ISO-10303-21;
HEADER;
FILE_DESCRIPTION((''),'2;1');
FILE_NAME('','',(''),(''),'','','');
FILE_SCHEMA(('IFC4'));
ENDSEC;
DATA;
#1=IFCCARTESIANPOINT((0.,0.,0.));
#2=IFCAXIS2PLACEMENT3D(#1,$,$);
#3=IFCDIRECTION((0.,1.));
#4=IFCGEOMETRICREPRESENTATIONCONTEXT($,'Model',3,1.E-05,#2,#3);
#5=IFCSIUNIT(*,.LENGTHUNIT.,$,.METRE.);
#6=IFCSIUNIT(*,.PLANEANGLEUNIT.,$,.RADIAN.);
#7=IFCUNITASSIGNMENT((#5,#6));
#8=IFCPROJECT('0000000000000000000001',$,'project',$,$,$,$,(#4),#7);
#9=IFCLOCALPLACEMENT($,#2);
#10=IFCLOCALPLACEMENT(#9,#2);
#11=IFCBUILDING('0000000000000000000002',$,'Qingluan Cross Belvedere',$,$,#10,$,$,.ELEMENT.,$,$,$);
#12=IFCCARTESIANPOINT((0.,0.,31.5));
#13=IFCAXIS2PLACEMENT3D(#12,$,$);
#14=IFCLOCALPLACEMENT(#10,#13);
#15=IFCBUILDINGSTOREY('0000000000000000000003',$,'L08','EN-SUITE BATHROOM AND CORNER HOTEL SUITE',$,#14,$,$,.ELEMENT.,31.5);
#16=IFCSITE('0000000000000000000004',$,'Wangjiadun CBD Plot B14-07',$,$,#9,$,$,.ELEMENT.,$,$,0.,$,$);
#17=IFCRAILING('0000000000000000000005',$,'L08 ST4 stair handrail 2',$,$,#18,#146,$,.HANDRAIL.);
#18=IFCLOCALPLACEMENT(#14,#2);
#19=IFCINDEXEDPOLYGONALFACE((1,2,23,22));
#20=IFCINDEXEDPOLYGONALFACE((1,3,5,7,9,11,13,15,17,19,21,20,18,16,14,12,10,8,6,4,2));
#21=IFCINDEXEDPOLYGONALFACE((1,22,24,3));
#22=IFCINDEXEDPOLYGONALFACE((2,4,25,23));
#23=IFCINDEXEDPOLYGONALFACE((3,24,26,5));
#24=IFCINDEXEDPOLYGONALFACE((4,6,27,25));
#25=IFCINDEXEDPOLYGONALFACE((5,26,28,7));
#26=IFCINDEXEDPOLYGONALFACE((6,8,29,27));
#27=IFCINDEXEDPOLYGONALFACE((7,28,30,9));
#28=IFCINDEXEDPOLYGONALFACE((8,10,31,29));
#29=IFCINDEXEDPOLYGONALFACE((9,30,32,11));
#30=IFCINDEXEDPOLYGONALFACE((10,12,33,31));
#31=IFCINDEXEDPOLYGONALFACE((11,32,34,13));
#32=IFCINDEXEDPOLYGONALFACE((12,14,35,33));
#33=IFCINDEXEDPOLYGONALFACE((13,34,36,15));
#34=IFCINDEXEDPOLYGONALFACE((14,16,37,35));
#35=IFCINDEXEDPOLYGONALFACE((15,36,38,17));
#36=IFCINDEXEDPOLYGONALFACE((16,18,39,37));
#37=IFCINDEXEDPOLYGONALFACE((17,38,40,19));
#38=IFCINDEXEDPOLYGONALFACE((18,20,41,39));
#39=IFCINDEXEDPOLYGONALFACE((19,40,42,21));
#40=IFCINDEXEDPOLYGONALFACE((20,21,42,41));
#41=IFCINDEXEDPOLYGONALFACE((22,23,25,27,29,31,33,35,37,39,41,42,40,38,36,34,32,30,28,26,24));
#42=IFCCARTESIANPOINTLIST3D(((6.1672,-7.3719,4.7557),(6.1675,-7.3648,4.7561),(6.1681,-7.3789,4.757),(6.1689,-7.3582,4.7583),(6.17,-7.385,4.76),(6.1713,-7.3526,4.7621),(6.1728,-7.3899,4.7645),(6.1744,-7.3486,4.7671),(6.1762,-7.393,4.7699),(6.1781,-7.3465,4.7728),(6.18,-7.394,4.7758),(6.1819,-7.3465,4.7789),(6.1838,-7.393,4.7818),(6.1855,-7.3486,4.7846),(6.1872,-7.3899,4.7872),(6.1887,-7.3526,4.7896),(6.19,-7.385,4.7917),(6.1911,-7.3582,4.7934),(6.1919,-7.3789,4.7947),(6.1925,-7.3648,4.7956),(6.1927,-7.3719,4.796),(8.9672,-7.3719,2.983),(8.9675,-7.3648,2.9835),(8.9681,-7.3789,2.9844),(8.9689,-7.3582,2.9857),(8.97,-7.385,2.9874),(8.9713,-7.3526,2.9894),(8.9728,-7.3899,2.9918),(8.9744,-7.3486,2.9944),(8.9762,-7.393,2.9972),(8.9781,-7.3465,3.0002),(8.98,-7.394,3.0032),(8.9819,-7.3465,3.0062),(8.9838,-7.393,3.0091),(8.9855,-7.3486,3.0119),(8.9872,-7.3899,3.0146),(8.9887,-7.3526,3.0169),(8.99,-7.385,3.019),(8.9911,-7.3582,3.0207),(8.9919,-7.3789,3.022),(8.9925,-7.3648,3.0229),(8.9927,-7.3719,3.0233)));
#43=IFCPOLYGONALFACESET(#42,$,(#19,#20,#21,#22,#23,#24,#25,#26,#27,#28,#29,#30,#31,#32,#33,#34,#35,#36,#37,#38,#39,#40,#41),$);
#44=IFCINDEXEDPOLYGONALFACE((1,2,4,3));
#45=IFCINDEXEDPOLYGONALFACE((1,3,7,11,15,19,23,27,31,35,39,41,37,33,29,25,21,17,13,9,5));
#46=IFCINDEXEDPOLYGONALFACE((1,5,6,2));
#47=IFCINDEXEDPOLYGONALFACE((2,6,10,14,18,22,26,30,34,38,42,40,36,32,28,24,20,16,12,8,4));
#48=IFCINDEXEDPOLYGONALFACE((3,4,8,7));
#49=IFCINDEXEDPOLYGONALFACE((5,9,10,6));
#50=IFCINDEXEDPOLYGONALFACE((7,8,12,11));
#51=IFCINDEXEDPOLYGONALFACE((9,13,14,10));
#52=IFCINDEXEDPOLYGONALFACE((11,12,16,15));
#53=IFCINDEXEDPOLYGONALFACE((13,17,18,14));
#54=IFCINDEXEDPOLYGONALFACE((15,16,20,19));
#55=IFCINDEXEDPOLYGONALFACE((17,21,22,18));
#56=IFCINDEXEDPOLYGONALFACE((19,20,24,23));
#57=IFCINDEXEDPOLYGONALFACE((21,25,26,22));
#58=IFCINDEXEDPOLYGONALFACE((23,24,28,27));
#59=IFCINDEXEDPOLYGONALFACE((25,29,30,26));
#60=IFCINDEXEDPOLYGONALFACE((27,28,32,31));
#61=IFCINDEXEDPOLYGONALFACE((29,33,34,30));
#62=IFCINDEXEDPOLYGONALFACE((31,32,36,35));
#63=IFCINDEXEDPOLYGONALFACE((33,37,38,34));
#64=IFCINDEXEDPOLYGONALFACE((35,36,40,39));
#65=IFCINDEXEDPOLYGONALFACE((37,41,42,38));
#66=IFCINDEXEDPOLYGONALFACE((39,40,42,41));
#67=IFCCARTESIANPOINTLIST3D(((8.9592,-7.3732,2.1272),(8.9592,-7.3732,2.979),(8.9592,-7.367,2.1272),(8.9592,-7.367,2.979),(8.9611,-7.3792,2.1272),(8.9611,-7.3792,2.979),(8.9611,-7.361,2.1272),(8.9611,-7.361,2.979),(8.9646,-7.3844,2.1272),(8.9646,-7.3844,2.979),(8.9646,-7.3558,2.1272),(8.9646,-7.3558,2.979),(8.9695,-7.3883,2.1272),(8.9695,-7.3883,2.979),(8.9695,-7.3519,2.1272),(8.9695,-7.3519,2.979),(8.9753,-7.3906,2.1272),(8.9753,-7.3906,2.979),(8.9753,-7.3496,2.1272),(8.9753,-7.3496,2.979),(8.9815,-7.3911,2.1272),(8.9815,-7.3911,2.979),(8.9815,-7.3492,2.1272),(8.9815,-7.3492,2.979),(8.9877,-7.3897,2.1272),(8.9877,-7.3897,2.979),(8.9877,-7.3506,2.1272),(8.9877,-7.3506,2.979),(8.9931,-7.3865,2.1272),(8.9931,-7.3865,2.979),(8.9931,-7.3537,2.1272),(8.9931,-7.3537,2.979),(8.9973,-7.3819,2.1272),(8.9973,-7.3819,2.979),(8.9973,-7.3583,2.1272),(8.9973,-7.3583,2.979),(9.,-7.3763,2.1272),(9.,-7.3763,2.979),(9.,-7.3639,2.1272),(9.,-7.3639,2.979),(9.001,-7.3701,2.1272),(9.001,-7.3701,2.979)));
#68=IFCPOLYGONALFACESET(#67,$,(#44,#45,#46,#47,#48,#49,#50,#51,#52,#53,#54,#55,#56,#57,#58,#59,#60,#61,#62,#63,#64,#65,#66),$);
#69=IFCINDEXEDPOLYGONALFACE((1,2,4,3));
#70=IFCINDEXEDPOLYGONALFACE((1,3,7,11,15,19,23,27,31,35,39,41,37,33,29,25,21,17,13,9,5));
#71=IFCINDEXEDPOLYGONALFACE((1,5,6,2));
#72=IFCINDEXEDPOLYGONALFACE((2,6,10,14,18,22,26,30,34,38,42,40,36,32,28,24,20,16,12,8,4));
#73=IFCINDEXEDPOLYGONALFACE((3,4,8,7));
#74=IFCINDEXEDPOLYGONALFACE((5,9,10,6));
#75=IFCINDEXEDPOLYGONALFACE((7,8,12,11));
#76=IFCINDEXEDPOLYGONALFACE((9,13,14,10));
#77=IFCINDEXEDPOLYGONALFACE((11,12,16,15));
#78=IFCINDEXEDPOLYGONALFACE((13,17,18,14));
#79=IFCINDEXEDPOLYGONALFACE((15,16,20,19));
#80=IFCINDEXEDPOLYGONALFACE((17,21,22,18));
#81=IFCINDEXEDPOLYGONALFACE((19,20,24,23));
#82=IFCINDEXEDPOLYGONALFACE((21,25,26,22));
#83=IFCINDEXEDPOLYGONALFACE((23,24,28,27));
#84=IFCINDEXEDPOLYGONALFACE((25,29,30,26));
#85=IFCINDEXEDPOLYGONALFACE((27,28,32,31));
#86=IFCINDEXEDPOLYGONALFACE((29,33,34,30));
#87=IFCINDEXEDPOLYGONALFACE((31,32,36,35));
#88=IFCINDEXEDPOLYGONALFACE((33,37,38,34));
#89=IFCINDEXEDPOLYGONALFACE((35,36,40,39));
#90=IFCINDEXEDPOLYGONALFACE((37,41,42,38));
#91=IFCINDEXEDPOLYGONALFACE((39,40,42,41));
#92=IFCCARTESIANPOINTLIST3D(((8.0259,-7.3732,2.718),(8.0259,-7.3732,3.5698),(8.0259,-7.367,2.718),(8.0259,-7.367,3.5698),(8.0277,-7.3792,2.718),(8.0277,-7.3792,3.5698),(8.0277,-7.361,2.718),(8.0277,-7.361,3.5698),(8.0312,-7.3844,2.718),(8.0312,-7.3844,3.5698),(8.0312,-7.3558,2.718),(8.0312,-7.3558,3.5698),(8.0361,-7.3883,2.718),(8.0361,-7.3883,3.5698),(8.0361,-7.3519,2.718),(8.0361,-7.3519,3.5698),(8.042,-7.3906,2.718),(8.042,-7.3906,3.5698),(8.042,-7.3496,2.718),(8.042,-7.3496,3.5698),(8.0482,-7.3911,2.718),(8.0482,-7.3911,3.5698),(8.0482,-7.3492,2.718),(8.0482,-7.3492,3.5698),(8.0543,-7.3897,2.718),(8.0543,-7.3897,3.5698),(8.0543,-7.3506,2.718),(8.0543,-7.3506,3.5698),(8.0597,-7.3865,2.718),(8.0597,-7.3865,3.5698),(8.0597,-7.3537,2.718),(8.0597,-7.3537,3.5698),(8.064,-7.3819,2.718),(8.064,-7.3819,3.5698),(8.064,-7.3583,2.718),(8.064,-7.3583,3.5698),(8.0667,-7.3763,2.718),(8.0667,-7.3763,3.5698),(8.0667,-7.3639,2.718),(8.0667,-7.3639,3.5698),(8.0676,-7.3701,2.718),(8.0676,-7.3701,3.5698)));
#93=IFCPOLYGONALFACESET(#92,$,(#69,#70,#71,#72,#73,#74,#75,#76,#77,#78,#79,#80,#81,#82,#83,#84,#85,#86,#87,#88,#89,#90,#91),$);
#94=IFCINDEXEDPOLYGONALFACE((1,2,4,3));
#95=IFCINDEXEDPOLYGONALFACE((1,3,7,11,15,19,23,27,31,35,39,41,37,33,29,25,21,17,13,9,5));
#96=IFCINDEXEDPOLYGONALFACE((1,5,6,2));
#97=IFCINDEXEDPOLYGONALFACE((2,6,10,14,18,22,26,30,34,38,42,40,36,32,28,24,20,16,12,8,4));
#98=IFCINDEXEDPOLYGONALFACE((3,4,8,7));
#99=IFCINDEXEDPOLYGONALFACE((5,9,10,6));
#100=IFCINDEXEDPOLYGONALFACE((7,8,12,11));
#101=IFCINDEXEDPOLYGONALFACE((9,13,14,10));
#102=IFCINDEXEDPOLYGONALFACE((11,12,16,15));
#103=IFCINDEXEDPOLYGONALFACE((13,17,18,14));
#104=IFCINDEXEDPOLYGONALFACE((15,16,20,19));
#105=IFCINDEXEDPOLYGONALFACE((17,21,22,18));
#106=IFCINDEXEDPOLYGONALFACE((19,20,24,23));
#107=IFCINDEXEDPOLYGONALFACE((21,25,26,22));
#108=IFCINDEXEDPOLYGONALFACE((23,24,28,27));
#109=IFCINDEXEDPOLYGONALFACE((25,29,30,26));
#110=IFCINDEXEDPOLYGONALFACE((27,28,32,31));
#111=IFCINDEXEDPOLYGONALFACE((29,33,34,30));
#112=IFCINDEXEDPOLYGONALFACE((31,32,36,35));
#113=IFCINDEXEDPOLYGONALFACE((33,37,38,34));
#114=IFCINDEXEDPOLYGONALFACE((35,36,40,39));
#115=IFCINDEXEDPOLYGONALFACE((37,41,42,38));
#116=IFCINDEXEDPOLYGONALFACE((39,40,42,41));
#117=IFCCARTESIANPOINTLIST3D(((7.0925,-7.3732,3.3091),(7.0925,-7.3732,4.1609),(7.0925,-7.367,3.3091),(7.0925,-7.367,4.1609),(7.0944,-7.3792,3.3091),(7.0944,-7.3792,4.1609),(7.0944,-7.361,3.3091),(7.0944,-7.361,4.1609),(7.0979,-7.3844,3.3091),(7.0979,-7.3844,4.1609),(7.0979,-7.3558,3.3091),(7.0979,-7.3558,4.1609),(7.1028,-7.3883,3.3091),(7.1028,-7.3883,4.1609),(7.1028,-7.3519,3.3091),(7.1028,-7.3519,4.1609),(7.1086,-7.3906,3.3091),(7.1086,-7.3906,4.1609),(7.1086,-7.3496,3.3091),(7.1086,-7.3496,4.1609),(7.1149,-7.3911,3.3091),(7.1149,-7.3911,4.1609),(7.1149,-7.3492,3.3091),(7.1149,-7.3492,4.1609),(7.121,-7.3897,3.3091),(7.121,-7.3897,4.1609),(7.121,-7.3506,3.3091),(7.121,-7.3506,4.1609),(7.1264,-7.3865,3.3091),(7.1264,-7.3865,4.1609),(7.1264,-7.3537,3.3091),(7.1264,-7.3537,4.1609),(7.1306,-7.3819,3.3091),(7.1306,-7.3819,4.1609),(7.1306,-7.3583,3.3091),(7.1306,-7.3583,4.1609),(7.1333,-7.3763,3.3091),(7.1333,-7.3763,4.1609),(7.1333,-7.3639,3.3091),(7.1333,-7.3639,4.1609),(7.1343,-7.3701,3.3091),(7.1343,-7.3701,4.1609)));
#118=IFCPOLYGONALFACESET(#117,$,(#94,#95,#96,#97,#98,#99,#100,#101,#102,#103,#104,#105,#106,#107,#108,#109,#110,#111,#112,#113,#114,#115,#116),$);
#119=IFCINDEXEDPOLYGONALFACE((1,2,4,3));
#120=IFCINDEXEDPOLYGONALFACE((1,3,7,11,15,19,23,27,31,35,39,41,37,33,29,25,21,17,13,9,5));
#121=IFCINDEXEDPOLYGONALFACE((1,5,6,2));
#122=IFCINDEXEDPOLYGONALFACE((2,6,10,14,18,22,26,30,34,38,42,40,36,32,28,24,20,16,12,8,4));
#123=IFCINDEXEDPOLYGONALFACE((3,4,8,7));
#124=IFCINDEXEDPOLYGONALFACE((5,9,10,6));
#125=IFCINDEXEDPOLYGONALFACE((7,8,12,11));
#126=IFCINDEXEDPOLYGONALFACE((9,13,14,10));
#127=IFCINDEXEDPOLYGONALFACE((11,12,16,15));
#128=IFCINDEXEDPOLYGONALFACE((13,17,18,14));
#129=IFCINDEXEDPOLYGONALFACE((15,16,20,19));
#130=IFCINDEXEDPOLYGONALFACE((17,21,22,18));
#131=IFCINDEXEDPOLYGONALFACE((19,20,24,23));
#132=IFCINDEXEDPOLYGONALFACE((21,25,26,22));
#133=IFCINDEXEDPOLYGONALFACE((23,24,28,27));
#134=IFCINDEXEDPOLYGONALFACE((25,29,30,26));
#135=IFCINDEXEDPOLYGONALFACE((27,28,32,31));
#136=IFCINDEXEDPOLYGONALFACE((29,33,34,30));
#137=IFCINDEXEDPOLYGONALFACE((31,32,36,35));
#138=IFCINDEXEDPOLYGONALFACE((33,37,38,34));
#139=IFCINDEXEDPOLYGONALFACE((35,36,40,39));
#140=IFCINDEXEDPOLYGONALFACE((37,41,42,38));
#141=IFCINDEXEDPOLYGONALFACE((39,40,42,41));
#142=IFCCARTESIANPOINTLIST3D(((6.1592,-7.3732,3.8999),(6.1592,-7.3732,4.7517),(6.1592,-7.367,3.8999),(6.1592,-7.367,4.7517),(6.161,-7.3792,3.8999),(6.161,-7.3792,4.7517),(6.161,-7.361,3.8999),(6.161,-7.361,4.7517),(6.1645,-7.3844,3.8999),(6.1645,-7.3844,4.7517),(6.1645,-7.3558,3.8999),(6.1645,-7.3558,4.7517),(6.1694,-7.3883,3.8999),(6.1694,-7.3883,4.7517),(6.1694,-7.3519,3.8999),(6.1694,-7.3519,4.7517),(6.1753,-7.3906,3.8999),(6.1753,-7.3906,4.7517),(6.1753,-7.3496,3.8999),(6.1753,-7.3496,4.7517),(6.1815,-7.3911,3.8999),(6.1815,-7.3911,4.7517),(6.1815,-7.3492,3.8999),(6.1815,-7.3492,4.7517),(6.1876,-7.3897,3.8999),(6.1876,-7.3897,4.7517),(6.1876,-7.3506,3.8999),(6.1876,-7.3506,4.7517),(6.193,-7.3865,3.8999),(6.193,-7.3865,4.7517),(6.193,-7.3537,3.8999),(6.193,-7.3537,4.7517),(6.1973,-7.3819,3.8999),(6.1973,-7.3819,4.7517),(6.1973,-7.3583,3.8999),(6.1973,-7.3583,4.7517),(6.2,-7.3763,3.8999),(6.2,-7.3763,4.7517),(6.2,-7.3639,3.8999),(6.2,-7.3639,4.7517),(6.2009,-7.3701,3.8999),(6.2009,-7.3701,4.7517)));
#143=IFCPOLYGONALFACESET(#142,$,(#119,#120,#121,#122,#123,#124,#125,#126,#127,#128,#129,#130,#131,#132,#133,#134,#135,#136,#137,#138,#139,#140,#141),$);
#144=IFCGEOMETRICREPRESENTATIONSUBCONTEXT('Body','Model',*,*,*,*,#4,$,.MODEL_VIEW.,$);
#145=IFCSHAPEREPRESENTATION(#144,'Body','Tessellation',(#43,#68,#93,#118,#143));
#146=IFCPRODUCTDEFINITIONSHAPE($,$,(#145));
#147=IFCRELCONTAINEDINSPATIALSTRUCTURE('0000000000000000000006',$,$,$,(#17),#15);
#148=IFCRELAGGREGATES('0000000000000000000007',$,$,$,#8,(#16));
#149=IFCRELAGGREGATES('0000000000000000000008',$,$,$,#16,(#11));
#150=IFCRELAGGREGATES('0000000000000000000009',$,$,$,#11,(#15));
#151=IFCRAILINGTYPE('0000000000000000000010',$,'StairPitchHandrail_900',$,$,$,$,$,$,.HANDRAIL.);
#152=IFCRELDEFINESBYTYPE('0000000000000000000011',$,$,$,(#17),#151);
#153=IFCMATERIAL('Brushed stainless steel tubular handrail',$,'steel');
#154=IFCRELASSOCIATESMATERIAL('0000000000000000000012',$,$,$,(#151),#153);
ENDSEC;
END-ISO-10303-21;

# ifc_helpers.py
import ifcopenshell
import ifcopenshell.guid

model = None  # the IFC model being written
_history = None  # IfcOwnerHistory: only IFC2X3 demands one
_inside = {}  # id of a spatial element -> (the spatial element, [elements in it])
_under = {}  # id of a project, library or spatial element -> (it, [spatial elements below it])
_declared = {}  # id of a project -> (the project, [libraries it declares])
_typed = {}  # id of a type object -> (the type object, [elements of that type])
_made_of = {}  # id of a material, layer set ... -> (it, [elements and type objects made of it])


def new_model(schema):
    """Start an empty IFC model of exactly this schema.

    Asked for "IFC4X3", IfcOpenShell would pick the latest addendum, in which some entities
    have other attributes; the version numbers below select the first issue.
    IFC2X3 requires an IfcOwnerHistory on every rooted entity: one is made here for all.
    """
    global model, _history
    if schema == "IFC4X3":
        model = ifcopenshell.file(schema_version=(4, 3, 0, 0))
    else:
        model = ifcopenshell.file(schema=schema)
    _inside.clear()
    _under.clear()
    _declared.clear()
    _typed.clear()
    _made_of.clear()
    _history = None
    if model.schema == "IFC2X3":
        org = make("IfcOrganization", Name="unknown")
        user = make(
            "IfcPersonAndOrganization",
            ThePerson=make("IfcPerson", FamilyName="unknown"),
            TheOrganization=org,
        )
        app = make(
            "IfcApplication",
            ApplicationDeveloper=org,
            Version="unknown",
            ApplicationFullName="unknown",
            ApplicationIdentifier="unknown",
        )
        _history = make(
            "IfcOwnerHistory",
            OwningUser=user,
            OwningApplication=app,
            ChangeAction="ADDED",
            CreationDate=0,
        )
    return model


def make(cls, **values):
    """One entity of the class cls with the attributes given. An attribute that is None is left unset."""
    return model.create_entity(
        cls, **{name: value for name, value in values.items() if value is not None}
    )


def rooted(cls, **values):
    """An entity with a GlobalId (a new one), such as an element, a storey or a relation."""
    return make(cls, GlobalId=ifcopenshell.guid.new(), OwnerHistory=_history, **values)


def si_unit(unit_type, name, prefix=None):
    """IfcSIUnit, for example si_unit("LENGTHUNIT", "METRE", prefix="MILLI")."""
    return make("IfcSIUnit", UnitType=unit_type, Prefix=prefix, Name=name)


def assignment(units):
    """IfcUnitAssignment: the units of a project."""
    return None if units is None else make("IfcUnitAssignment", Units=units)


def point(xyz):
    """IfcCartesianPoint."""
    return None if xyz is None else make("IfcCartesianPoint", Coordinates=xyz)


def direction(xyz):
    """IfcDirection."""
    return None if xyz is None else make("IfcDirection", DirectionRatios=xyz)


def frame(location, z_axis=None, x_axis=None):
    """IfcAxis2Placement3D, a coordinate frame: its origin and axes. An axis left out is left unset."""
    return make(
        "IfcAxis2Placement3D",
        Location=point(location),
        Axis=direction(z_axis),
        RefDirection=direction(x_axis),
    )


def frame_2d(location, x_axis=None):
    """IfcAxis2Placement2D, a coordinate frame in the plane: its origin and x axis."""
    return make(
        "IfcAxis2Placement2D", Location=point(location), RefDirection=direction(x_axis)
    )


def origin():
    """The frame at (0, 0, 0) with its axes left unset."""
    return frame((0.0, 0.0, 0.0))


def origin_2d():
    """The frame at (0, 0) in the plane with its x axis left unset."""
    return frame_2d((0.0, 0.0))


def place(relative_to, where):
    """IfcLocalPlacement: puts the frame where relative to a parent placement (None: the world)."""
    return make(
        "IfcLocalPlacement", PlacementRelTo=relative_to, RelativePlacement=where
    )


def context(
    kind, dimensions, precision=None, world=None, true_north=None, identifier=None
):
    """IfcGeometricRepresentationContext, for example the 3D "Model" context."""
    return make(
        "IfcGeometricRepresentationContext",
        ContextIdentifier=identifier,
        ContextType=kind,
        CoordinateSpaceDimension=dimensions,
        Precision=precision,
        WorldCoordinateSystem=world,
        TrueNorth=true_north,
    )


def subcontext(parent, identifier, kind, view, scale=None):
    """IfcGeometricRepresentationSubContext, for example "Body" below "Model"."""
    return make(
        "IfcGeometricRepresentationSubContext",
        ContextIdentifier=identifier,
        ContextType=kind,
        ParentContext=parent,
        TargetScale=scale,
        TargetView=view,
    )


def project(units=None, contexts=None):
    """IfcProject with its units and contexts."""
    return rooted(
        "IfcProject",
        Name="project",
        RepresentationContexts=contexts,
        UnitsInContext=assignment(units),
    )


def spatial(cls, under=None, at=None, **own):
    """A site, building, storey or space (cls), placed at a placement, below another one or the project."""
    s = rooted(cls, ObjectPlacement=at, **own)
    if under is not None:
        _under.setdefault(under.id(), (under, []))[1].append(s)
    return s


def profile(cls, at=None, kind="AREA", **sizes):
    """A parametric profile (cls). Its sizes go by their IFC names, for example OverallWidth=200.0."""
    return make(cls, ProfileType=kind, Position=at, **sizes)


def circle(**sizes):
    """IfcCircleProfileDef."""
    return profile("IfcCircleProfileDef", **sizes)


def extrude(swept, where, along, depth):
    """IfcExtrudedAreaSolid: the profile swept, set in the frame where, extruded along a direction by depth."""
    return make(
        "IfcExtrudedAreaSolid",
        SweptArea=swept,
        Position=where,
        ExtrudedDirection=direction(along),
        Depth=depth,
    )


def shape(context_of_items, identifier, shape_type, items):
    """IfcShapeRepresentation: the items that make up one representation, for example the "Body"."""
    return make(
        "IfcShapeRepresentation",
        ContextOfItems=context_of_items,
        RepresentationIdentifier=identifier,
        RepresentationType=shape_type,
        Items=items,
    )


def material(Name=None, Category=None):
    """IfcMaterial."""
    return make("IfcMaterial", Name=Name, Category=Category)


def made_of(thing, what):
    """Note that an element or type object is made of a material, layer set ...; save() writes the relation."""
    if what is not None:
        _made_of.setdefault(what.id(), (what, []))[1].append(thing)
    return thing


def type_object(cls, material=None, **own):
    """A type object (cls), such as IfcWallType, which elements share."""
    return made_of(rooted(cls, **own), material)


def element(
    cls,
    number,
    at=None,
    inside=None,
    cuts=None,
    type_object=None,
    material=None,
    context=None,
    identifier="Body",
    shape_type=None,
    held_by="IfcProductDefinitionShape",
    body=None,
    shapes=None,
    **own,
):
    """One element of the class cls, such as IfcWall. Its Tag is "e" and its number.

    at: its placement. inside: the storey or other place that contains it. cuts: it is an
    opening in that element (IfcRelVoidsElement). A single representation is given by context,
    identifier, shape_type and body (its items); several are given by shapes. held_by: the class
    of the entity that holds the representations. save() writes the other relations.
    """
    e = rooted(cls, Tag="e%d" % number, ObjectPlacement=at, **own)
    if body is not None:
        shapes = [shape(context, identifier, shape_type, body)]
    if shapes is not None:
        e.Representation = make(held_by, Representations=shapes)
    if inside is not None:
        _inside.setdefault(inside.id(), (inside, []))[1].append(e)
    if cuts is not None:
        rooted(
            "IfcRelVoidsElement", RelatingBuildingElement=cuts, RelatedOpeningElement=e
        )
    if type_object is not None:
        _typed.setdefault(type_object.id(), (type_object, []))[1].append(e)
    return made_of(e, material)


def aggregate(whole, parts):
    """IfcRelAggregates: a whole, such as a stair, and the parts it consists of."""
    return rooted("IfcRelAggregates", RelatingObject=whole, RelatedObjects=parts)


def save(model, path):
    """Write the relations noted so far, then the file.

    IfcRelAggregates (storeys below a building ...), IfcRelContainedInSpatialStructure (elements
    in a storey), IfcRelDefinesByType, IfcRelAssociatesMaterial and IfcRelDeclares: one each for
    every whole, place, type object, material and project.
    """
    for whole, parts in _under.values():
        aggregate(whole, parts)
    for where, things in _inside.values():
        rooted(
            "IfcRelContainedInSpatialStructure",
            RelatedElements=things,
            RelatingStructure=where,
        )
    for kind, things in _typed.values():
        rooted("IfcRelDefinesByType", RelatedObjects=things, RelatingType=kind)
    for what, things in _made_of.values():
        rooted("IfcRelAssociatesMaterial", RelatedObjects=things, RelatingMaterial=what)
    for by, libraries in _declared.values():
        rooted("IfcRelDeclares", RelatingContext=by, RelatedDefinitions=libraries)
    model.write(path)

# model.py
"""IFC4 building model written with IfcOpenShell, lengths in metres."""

from ifc_helpers import new_model, si_unit, direction, frame, origin, origin_2d, place, context, subcontext, project, spatial, circle, extrude, material, type_object, element, save


model = new_model("IFC4")

# Units and contexts
model_context = context("Model", 3, precision=1e-05, world=origin(), true_north=direction((0.0, 1.0)))
body_context = subcontext(model_context, "Body", "Model", "MODEL_VIEW")
ifc_project = project(units=[si_unit("LENGTHUNIT", "METRE"), si_unit("PLANEANGLEUNIT", "RADIAN")], contexts=[model_context])

# Site, building, storey
site_placement = place(None, origin())
site = spatial("IfcSite", under=ifc_project, at=site_placement, Name="Wangjiadun CBD Plot B14-07", CompositionType="ELEMENT", RefElevation=0.0)
building_placement = place(site_placement, origin())
building = spatial("IfcBuilding", under=site, at=building_placement, Name="Qingluan Cross Belvedere", CompositionType="ELEMENT")
storey_placement = place(building_placement, frame((0.0, 0.0, 31.5)))
storey = spatial("IfcBuildingStorey", under=building, at=storey_placement, Name="L08", Description="EN-SUITE BATHROOM AND CORNER HOTEL SUITE", CompositionType="ELEMENT", Elevation=31.5)

# Railing
ifc_material_1 = material(Name="Brushed stainless steel tubular handrail", Category="steel")
railing_type_1 = type_object("IfcRailingType", Name="StairPitchHandrail_900", PredefinedType="HANDRAIL", material=ifc_material_1)
for number, where, name in (
    (1, (8.98, -7.3701, 2.1272), "L08 ST4 stair handrail 2"),
):
    element("IfcRailing", number, at=place(storey_placement, frame(where)), inside=storey, type_object=railing_type_1, Name=name, PredefinedType="HANDRAIL", context=body_context, shape_type="SweptSolid", body=[
        extrude(circle(Radius=0.0239, at=origin_2d()), frame((0.0, 0.0, 0.876), z_axis=(-0.844909, 0.0, 0.53491), x_axis=(0.0, -1.0, 0.0)), (0.0, 0.0, 1.0), 3.314),
        extrude(circle(Radius=0.021, at=origin_2d()), origin(), (0.0, 0.0, 1.0), 0.8518),
        extrude(circle(Radius=0.021, at=origin_2d()), frame((-0.9333, 0.0, 0.5908)), (0.0, 0.0, 1.0), 0.8518),
        extrude(circle(Radius=0.021, at=origin_2d()), frame((-1.8667, 0.0, 1.1819)), (0.0, 0.0, 1.0), 0.8518),
        extrude(circle(Radius=0.021, at=origin_2d()), frame((-2.8, 0.0, 1.7727)), (0.0, 0.0, 1.0), 0.8518),
    ])

save(model, "model.ifc")
